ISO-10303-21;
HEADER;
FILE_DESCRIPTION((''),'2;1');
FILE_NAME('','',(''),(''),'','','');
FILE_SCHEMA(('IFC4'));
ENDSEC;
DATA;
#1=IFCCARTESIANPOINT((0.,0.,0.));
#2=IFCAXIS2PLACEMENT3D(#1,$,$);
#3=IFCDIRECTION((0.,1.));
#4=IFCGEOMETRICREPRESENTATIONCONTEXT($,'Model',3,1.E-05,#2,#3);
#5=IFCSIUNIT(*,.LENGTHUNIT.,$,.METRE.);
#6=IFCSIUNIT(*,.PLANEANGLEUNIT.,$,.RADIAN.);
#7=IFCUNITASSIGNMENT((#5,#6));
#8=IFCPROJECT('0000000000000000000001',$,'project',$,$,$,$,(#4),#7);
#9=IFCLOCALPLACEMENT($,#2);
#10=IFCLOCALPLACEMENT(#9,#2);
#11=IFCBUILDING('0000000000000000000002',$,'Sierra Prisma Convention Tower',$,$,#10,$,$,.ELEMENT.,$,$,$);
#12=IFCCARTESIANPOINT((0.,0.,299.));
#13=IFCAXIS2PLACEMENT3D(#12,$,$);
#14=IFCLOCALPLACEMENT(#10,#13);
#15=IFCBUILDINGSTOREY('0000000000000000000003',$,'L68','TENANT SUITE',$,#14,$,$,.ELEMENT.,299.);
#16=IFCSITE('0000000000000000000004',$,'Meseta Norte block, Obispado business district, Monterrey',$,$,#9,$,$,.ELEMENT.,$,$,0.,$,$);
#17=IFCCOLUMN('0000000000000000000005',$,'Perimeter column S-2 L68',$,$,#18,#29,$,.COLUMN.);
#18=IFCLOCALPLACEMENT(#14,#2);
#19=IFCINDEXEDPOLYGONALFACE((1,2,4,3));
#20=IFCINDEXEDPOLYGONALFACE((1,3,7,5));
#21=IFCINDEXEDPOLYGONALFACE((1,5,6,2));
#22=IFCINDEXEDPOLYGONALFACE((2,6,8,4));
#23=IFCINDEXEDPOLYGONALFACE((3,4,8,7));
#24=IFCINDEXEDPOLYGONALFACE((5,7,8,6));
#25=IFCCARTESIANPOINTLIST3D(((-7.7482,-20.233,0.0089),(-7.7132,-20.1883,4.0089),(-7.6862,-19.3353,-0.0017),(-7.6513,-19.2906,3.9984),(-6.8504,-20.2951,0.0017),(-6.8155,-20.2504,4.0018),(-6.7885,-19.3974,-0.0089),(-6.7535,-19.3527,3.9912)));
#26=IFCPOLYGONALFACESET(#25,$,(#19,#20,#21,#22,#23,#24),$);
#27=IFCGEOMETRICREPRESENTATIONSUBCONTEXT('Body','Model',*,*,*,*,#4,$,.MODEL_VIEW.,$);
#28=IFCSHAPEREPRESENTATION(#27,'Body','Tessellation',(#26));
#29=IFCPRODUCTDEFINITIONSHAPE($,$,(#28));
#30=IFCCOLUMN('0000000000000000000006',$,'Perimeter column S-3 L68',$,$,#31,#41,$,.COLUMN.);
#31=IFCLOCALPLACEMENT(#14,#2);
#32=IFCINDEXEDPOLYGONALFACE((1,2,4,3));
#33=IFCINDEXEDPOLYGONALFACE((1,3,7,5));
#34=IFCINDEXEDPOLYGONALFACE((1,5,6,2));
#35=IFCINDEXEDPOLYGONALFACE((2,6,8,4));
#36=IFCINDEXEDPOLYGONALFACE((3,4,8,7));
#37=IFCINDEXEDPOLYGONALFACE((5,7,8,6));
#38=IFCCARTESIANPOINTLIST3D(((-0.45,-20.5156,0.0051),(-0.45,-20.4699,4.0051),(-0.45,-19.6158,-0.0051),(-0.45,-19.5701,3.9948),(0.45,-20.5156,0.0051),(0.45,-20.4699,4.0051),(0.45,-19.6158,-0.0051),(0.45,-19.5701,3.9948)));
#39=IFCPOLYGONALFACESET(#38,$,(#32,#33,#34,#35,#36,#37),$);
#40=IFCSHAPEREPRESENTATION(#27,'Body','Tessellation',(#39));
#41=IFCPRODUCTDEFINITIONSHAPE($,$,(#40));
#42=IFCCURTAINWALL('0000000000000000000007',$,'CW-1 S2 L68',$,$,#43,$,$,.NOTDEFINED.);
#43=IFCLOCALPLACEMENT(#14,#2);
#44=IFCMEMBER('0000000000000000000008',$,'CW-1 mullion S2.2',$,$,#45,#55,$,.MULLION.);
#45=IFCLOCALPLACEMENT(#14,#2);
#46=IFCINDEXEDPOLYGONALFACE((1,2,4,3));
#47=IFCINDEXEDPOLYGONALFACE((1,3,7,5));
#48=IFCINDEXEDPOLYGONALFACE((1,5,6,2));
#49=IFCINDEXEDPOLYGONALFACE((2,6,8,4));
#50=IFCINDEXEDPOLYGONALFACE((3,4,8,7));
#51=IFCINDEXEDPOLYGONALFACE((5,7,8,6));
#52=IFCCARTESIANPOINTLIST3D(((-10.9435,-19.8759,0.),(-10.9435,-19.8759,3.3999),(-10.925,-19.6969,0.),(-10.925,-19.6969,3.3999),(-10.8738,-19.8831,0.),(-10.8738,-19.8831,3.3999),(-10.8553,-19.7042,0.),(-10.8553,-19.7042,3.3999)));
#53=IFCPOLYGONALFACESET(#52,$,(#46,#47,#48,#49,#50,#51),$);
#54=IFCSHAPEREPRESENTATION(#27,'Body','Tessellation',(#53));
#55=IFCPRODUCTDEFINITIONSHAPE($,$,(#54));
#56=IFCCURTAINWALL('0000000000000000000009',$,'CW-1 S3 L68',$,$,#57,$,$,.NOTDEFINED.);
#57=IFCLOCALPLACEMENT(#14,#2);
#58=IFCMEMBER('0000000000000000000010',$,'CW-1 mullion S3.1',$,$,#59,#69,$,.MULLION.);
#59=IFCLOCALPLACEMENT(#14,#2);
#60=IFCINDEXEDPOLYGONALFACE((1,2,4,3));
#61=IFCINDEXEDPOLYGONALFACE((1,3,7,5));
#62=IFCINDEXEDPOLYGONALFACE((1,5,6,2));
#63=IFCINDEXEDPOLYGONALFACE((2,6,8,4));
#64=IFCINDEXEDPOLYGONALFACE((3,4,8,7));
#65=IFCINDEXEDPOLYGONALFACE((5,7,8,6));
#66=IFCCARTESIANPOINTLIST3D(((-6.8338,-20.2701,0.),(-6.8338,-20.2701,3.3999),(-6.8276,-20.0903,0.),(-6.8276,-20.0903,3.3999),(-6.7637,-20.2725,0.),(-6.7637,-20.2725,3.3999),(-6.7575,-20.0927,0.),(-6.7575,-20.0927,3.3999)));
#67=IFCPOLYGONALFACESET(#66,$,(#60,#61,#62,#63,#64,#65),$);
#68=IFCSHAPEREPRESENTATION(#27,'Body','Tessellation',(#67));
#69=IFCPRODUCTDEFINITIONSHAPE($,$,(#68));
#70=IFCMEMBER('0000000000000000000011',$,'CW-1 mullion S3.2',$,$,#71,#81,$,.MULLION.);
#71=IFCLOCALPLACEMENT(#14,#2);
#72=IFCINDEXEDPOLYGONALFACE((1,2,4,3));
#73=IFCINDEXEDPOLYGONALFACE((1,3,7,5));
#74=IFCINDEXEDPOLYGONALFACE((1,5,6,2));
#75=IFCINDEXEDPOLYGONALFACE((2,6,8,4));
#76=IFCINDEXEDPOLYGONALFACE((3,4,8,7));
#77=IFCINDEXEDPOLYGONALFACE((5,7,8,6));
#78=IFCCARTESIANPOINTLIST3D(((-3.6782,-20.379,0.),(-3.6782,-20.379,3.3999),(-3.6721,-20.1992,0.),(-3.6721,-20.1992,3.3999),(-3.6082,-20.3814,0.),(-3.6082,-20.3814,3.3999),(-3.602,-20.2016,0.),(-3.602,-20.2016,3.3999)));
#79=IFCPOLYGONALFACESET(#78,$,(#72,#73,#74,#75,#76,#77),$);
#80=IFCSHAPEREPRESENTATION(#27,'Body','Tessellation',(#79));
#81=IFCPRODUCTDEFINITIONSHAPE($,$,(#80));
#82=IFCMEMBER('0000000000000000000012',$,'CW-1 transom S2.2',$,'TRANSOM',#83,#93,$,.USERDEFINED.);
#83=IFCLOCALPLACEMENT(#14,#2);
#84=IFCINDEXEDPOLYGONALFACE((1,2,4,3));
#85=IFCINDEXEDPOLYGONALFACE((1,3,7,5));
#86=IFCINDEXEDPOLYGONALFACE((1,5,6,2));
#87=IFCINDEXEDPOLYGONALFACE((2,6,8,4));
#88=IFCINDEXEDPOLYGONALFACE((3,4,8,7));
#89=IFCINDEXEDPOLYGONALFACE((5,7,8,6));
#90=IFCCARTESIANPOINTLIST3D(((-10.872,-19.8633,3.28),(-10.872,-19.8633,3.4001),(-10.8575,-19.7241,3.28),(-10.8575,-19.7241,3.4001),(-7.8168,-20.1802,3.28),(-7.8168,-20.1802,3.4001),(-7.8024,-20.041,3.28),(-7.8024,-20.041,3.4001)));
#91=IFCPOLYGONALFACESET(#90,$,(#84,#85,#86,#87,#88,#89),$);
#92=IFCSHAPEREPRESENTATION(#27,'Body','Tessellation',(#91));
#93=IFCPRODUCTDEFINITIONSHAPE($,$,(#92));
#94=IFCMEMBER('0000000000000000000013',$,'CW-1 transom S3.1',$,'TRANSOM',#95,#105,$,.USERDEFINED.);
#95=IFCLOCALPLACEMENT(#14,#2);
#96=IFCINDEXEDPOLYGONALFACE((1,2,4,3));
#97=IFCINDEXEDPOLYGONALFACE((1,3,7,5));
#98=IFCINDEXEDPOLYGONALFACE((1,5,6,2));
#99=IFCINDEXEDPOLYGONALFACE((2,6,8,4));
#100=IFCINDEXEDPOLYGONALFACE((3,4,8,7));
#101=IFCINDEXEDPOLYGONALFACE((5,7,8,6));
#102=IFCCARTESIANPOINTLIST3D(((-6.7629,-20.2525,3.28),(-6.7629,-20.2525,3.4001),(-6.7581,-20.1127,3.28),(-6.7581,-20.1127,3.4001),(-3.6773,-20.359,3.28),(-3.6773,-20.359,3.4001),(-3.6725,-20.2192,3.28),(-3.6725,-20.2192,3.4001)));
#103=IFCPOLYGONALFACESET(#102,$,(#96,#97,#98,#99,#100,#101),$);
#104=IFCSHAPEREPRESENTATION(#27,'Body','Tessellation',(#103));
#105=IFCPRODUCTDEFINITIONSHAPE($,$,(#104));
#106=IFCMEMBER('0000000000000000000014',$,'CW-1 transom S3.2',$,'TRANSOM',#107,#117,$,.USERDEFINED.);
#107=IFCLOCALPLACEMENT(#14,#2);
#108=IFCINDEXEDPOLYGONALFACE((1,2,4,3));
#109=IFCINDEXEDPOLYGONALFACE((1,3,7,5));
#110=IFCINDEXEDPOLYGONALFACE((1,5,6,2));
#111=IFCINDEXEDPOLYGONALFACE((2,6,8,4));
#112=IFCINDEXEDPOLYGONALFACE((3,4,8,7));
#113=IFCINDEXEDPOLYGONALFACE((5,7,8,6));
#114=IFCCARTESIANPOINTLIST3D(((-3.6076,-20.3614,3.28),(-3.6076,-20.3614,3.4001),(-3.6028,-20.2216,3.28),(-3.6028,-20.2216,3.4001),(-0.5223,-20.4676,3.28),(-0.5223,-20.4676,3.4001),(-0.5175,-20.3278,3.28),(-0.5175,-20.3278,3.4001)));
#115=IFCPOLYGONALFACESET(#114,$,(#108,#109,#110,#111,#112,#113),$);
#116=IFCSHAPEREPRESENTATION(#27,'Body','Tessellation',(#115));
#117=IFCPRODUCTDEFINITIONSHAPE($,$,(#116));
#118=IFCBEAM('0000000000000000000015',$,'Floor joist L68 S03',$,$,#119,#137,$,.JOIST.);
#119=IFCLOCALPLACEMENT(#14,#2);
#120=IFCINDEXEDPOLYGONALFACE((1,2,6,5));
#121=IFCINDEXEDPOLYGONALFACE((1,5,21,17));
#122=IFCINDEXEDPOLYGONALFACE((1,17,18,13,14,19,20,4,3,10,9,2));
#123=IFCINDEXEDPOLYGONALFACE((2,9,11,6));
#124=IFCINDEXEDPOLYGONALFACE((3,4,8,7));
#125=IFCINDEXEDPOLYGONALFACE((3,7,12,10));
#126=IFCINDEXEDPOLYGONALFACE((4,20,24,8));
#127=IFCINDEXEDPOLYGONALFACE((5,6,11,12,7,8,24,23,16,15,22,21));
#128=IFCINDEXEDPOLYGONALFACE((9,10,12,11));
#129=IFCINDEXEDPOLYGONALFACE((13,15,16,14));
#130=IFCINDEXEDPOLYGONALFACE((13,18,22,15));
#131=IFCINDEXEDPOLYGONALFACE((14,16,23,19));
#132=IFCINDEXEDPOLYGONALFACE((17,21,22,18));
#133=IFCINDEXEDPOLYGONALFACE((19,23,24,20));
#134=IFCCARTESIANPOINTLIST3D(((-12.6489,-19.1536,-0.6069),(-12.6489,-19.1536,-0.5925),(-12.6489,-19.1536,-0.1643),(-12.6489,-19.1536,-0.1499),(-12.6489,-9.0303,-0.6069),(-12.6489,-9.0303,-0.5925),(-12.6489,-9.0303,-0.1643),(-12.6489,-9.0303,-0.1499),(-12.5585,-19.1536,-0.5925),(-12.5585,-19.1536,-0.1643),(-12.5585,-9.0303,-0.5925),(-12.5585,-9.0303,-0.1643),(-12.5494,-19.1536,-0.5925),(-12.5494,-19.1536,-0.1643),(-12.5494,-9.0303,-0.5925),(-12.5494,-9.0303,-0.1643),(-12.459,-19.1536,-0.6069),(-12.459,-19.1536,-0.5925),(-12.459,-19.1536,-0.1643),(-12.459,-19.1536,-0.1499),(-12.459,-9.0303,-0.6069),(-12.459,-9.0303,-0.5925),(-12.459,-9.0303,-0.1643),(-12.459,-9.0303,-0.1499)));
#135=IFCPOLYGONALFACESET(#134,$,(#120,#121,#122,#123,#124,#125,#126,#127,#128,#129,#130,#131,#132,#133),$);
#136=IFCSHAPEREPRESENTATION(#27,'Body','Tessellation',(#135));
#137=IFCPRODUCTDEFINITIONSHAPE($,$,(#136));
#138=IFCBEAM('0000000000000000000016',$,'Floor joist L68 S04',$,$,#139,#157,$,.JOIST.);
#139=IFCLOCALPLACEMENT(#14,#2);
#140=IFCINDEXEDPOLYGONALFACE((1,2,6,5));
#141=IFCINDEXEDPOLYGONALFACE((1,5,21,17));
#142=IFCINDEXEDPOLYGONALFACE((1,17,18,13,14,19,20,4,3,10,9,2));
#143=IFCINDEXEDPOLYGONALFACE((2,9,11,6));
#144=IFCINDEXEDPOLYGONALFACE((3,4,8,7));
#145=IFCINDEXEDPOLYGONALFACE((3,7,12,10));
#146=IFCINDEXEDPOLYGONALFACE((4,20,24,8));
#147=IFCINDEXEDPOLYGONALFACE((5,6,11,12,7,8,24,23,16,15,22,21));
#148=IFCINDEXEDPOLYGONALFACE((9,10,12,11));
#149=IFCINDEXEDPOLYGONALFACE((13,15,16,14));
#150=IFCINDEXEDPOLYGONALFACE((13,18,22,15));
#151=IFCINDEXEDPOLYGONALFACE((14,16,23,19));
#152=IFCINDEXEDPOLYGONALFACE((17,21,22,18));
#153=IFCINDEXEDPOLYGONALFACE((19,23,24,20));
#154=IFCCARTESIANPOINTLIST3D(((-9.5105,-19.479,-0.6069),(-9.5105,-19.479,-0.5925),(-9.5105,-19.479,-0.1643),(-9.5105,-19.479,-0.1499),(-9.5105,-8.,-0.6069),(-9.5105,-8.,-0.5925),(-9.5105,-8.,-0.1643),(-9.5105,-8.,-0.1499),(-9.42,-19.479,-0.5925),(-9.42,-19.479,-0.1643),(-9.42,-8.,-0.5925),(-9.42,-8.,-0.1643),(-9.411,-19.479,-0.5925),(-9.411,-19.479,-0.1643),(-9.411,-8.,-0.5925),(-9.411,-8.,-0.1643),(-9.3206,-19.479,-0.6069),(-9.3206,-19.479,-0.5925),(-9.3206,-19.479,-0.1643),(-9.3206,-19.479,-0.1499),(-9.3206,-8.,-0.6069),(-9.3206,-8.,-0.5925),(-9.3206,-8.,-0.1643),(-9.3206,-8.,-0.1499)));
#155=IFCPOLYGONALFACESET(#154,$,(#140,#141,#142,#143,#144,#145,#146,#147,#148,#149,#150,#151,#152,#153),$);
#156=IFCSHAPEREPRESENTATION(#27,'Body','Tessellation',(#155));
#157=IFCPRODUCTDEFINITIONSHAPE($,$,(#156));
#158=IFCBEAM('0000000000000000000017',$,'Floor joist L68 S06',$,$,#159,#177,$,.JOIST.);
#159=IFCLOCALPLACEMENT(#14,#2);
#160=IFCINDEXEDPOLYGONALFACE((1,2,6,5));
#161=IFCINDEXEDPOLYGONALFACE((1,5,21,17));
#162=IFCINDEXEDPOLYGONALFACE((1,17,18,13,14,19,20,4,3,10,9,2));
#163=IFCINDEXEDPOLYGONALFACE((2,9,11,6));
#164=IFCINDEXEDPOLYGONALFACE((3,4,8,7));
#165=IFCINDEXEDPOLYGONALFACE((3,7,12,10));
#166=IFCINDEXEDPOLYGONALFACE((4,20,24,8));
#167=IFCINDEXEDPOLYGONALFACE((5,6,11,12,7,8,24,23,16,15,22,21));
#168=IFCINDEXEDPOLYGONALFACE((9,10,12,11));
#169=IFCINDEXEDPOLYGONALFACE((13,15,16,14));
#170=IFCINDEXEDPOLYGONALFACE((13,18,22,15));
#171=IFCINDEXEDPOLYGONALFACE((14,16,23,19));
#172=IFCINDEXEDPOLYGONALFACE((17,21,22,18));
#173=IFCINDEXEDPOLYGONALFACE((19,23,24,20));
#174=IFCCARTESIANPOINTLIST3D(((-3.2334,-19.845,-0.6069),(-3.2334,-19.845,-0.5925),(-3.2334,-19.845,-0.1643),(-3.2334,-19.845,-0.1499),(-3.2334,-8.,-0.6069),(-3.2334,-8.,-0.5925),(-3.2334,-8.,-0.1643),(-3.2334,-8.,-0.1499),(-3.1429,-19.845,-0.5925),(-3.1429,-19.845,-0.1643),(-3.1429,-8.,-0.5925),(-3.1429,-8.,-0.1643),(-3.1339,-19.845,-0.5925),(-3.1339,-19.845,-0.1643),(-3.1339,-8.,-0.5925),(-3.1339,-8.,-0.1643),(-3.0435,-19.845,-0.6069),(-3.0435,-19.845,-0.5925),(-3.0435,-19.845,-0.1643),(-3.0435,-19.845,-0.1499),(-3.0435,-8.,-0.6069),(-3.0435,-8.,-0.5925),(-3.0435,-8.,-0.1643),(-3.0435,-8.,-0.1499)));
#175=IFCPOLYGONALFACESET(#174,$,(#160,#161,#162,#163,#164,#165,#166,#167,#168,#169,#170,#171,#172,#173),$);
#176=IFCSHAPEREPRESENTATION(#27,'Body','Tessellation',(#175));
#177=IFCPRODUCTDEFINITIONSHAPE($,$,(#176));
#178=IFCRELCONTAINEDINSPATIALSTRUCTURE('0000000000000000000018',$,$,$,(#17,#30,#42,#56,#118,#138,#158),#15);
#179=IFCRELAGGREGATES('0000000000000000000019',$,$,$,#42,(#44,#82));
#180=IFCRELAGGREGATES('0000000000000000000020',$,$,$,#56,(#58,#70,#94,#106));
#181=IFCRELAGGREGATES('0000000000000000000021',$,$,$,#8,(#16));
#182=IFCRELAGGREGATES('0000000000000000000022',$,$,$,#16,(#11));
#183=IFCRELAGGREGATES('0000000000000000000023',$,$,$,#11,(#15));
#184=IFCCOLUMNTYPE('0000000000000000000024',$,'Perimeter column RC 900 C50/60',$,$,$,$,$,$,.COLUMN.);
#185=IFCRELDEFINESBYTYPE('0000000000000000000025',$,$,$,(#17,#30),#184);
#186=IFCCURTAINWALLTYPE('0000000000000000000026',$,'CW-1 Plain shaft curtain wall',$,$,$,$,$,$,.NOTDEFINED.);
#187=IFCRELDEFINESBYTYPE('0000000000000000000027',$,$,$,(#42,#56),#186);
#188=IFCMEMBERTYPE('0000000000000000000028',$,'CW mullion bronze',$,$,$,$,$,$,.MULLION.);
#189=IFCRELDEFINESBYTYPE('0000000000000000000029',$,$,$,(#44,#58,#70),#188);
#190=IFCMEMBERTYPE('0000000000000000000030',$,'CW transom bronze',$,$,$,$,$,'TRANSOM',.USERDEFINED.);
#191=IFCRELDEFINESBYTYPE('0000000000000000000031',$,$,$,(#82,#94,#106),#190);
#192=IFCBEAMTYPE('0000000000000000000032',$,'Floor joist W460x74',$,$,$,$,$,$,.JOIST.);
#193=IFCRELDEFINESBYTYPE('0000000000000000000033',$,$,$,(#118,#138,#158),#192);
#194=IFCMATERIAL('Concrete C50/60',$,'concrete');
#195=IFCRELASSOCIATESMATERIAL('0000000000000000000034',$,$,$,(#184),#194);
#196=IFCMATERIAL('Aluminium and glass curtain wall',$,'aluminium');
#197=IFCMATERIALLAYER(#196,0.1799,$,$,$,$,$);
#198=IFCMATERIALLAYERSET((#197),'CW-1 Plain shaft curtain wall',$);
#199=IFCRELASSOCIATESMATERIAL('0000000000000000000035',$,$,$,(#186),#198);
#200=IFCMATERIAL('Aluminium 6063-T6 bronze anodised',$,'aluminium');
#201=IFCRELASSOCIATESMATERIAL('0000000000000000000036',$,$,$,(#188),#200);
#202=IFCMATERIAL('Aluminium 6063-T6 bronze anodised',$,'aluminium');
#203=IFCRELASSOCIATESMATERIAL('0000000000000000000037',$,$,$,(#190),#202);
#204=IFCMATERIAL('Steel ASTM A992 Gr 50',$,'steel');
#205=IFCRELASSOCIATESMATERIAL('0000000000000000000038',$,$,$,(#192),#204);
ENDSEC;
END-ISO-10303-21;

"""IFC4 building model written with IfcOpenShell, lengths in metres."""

from ifc_helpers import new_model, si_unit, direction, frame, origin, origin_2d, place, context, subcontext, project, spatial, rectangle, i_section, extrude, material, layer, layer_set, material_profile, profile_set, type_object, element, aggregate, save


model = new_model("IFC4")

# Units and contexts
model_context = context("Model", 3, precision=1e-05, world=origin(), true_north=direction((0.0, 1.0)))
body_context = subcontext(model_context, "Body", "Model", "MODEL_VIEW")
ifc_project = project(units=[si_unit("LENGTHUNIT", "METRE"), si_unit("PLANEANGLEUNIT", "RADIAN")], contexts=[model_context])

# Site, building, storey
site_placement = place(None, origin())
site = spatial("IfcSite", under=ifc_project, at=site_placement, Name="Meseta Norte block, Obispado business district, Monterrey", CompositionType="ELEMENT", RefElevation=0.0)
building_placement = place(site_placement, origin())
building = spatial("IfcBuilding", under=site, at=building_placement, Name="Sierra Prisma Convention Tower", CompositionType="ELEMENT")
storey_placement = place(building_placement, frame((0.0, 0.0, 299.0)))
storey = spatial("IfcBuildingStorey", under=building, at=storey_placement, Name="L68", Description="TENANT SUITE", CompositionType="ELEMENT", Elevation=299.0)

# Columns
ifc_material_1 = material(Name="Concrete C50/60", Category="concrete")
ifc_material_profile_1 = material_profile(ifc_material_1, rectangle(XDim=0.8999, YDim=0.8999, at=origin_2d()), Name="Perimeter column RC 900 C50/60")
ifc_profile_set_1 = profile_set([ifc_material_profile_1], Name="Concrete C50/60")
column_type = type_object("IfcColumnType", Name="Perimeter column RC 900 C50/60", PredefinedType="COLUMN", material=ifc_profile_set_1)
column_1_placement = place(storey_placement, frame((-7.2683, -19.8152, 0.0), z_axis=(0.008727, 0.011168, 0.9999), x_axis=(-0.997588, 0.068951, 0.007937)))
element("IfcColumn", 1, at=column_1_placement, inside=storey, type_object=column_type, Name="Perimeter column S-2 L68", PredefinedType="COLUMN", context=body_context, shape_type="SweptSolid", body=[
    extrude(rectangle(XDim=0.8999, YDim=0.8999, at=origin_2d()), origin(), (0.0, 0.0, 1.0), 4.0005),
])
column_2_placement = place(storey_placement, frame((0.0, -20.0657, 0.0), z_axis=(0.0, 0.011413, 0.999935), x_axis=(1.0, 0.0, 0.0)))
element("IfcColumn", 2, at=column_2_placement, inside=storey, type_object=column_type, Name="Perimeter column S-3 L68", PredefinedType="COLUMN", context=body_context, shape_type="SweptSolid", body=[
    extrude(rectangle(XDim=0.8999, YDim=0.8999, at=origin_2d()), origin(), (0.0, 0.0, 1.0), 4.0002),
])

# Curtain wall, member
ifc_material_2 = material(Name="Aluminium and glass curtain wall", Category="aluminium")
ifc_layer_1 = layer(ifc_material_2, 0.1799)
ifc_layer_set_1 = layer_set([ifc_layer_1], Name="CW-1 Plain shaft curtain wall")
curtain_wall_type = type_object("IfcCurtainWallType", Name="CW-1 Plain shaft curtain wall", PredefinedType="NOTDEFINED", material=ifc_layer_set_1)
curtain_wall_1_placement = place(storey_placement, origin())
curtain_wall_1 = element("IfcCurtainWall", 3, at=curtain_wall_1_placement, inside=storey, type_object=curtain_wall_type, Name="CW-1 S2 L68", PredefinedType="NOTDEFINED")
ifc_material_3 = material(Name="Aluminium 6063-T6 bronze anodised", Category="aluminium")
ifc_material_profile_2 = material_profile(ifc_material_3, rectangle(XDim=0.1799, YDim=0.0701, at=origin_2d()), Name="ALU MULLION 70x180")
ifc_profile_set_2 = profile_set([ifc_material_profile_2], Name="Aluminium 6063-T6 bronze anodised")
member_type_1 = type_object("IfcMemberType", Name="CW mullion bronze", PredefinedType="MULLION", material=ifc_profile_set_2)
member_1_placement = place(storey_placement, frame((-10.8994, -19.79, 0.0), z_axis=(0.0, 0.0, 1.0), x_axis=(0.103184, 0.994662, 0.0)))
member_1 = element("IfcMember", 4, at=member_1_placement, type_object=member_type_1, Name="CW-1 mullion S2.2", PredefinedType="MULLION", context=body_context, shape_type="SweptSolid", body=[
    extrude(rectangle(XDim=0.1799, YDim=0.0701, at=origin_2d()), origin(), (0.0, 0.0, 1.0), 3.3999),
])

# Curtain wall, members
curtain_wall_2_placement = place(storey_placement, origin())
curtain_wall_2 = element("IfcCurtainWall", 5, at=curtain_wall_2_placement, inside=storey, type_object=curtain_wall_type, Name="CW-1 S3 L68", PredefinedType="NOTDEFINED")
member_2_placement = place(storey_placement, frame((-6.7957, -20.1814, 0.0), z_axis=(0.0, 0.0, 1.0), x_axis=(0.034449, 0.999406, 0.0)))
member_2 = element("IfcMember", 6, at=member_2_placement, type_object=member_type_1, Name="CW-1 mullion S3.1", PredefinedType="MULLION", context=body_context, shape_type="SweptSolid", body=[
    extrude(rectangle(XDim=0.1799, YDim=0.0701, at=origin_2d()), origin(), (0.0, 0.0, 1.0), 3.3999),
])
member_3_placement = place(storey_placement, frame((-3.6401, -20.2903, 0.0), z_axis=(0.0, 0.0, 1.0), x_axis=(0.034449, 0.999406, 0.0)))
member_3 = element("IfcMember", 7, at=member_3_placement, type_object=member_type_1, Name="CW-1 mullion S3.2", PredefinedType="MULLION", context=body_context, shape_type="SweptSolid", body=[
    extrude(rectangle(XDim=0.1799, YDim=0.0701, at=origin_2d()), origin(), (0.0, 0.0, 1.0), 3.3999),
])

# Members
ifc_material_4 = material(Name="Aluminium 6063-T6 bronze anodised", Category="aluminium")
ifc_material_profile_3 = material_profile(ifc_material_4, rectangle(XDim=0.1399, YDim=0.1201, at=origin_2d()), Name="ALU TRANSOM 120x140")
ifc_profile_set_3 = profile_set([ifc_material_profile_3], Name="Aluminium 6063-T6 bronze anodised")
member_type_2 = type_object("IfcMemberType", Name="CW transom bronze", ElementType="TRANSOM", PredefinedType="USERDEFINED", material=ifc_profile_set_3)
member_4_placement = place(storey_placement, frame((-10.8647, -19.7937, 3.3401), z_axis=(0.994664, -0.10317, 0.0), x_axis=(0.10317, 0.994664, 0.0)))
member_4 = element("IfcMember", 8, at=member_4_placement, type_object=member_type_2, Name="CW-1 transom S2.2", ObjectType="TRANSOM", PredefinedType="USERDEFINED", context=body_context, shape_type="SweptSolid", body=[
    extrude(rectangle(XDim=0.1399, YDim=0.1201, at=origin_2d()), origin(), (0.0, 0.0, 1.0), 3.0715),
])
member_5_placement = place(storey_placement, frame((-6.7605, -20.1826, 3.3401), z_axis=(0.999405, -0.034479, 0.0), x_axis=(0.034479, 0.999405, 0.0)))
member_5 = element("IfcMember", 9, at=member_5_placement, type_object=member_type_2, Name="CW-1 transom S3.1", ObjectType="TRANSOM", PredefinedType="USERDEFINED", context=body_context, shape_type="SweptSolid", body=[
    extrude(rectangle(XDim=0.1399, YDim=0.1201, at=origin_2d()), origin(), (0.0, 0.0, 1.0), 3.0874),
])
member_6_placement = place(storey_placement, frame((-3.6052, -20.2915, 3.3401), z_axis=(0.999408, -0.0344, 0.0), x_axis=(0.0344, 0.999408, 0.0)))
member_6 = element("IfcMember", 10, at=member_6_placement, type_object=member_type_2, Name="CW-1 transom S3.2", ObjectType="TRANSOM", PredefinedType="USERDEFINED", context=body_context, shape_type="SweptSolid", body=[
    extrude(rectangle(XDim=0.1399, YDim=0.1201, at=origin_2d()), origin(), (0.0, 0.0, 1.0), 3.0872),
])

# Beams
ifc_material_5 = material(Name="Steel ASTM A992 Gr 50", Category="steel")
ifc_material_profile_4 = material_profile(ifc_material_5, i_section(OverallWidth=0.1899, OverallDepth=0.457, WebThickness=0.009, FlangeThickness=0.0144, at=origin_2d()), Name="W460x74")
ifc_profile_set_4 = profile_set([ifc_material_profile_4], Name="Steel ASTM A992 Gr 50")
beam_type_1 = type_object("IfcBeamType", Name="Floor joist W460x74", PredefinedType="JOIST", material=ifc_profile_set_4)
beam_1_placement = place(storey_placement, frame((-12.554, -19.1536, -0.3784), z_axis=(0.0, 1.0, 0.0), x_axis=(-1.0, 0.0, 0.0)))
element("IfcBeam", 11, at=beam_1_placement, inside=storey, type_object=beam_type_1, Name="Floor joist L68 S03", PredefinedType="JOIST", context=body_context, shape_type="SweptSolid", body=[
    extrude(i_section(OverallWidth=0.1899, OverallDepth=0.457, WebThickness=0.009, FlangeThickness=0.0144, at=origin_2d()), origin(), (0.0, 0.0, 1.0), 10.1233),
])
beam_2_placement = place(storey_placement, frame((-9.4155, -19.479, -0.3784), z_axis=(0.0, 1.0, 0.0), x_axis=(-1.0, 0.0, 0.0)))
element("IfcBeam", 12, at=beam_2_placement, inside=storey, type_object=beam_type_1, Name="Floor joist L68 S04", PredefinedType="JOIST", context=body_context, shape_type="SweptSolid", body=[
    extrude(i_section(OverallWidth=0.1899, OverallDepth=0.457, WebThickness=0.009, FlangeThickness=0.0144, at=origin_2d()), origin(), (0.0, 0.0, 1.0), 11.479),
])
beam_3_placement = place(storey_placement, frame((-3.1384, -19.845, -0.3784), z_axis=(0.0, 1.0, 0.0), x_axis=(-1.0, 0.0, 0.0)))
element("IfcBeam", 13, at=beam_3_placement, inside=storey, type_object=beam_type_1, Name="Floor joist L68 S06", PredefinedType="JOIST", context=body_context, shape_type="SweptSolid", body=[
    extrude(i_section(OverallWidth=0.1899, OverallDepth=0.457, WebThickness=0.009, FlangeThickness=0.0144, at=origin_2d()), origin(), (0.0, 0.0, 1.0), 11.845),
])

aggregate(curtain_wall_1, [member_1, member_4])
aggregate(curtain_wall_2, [member_2, member_3, member_5, member_6])

save(model, "model.ifc")
